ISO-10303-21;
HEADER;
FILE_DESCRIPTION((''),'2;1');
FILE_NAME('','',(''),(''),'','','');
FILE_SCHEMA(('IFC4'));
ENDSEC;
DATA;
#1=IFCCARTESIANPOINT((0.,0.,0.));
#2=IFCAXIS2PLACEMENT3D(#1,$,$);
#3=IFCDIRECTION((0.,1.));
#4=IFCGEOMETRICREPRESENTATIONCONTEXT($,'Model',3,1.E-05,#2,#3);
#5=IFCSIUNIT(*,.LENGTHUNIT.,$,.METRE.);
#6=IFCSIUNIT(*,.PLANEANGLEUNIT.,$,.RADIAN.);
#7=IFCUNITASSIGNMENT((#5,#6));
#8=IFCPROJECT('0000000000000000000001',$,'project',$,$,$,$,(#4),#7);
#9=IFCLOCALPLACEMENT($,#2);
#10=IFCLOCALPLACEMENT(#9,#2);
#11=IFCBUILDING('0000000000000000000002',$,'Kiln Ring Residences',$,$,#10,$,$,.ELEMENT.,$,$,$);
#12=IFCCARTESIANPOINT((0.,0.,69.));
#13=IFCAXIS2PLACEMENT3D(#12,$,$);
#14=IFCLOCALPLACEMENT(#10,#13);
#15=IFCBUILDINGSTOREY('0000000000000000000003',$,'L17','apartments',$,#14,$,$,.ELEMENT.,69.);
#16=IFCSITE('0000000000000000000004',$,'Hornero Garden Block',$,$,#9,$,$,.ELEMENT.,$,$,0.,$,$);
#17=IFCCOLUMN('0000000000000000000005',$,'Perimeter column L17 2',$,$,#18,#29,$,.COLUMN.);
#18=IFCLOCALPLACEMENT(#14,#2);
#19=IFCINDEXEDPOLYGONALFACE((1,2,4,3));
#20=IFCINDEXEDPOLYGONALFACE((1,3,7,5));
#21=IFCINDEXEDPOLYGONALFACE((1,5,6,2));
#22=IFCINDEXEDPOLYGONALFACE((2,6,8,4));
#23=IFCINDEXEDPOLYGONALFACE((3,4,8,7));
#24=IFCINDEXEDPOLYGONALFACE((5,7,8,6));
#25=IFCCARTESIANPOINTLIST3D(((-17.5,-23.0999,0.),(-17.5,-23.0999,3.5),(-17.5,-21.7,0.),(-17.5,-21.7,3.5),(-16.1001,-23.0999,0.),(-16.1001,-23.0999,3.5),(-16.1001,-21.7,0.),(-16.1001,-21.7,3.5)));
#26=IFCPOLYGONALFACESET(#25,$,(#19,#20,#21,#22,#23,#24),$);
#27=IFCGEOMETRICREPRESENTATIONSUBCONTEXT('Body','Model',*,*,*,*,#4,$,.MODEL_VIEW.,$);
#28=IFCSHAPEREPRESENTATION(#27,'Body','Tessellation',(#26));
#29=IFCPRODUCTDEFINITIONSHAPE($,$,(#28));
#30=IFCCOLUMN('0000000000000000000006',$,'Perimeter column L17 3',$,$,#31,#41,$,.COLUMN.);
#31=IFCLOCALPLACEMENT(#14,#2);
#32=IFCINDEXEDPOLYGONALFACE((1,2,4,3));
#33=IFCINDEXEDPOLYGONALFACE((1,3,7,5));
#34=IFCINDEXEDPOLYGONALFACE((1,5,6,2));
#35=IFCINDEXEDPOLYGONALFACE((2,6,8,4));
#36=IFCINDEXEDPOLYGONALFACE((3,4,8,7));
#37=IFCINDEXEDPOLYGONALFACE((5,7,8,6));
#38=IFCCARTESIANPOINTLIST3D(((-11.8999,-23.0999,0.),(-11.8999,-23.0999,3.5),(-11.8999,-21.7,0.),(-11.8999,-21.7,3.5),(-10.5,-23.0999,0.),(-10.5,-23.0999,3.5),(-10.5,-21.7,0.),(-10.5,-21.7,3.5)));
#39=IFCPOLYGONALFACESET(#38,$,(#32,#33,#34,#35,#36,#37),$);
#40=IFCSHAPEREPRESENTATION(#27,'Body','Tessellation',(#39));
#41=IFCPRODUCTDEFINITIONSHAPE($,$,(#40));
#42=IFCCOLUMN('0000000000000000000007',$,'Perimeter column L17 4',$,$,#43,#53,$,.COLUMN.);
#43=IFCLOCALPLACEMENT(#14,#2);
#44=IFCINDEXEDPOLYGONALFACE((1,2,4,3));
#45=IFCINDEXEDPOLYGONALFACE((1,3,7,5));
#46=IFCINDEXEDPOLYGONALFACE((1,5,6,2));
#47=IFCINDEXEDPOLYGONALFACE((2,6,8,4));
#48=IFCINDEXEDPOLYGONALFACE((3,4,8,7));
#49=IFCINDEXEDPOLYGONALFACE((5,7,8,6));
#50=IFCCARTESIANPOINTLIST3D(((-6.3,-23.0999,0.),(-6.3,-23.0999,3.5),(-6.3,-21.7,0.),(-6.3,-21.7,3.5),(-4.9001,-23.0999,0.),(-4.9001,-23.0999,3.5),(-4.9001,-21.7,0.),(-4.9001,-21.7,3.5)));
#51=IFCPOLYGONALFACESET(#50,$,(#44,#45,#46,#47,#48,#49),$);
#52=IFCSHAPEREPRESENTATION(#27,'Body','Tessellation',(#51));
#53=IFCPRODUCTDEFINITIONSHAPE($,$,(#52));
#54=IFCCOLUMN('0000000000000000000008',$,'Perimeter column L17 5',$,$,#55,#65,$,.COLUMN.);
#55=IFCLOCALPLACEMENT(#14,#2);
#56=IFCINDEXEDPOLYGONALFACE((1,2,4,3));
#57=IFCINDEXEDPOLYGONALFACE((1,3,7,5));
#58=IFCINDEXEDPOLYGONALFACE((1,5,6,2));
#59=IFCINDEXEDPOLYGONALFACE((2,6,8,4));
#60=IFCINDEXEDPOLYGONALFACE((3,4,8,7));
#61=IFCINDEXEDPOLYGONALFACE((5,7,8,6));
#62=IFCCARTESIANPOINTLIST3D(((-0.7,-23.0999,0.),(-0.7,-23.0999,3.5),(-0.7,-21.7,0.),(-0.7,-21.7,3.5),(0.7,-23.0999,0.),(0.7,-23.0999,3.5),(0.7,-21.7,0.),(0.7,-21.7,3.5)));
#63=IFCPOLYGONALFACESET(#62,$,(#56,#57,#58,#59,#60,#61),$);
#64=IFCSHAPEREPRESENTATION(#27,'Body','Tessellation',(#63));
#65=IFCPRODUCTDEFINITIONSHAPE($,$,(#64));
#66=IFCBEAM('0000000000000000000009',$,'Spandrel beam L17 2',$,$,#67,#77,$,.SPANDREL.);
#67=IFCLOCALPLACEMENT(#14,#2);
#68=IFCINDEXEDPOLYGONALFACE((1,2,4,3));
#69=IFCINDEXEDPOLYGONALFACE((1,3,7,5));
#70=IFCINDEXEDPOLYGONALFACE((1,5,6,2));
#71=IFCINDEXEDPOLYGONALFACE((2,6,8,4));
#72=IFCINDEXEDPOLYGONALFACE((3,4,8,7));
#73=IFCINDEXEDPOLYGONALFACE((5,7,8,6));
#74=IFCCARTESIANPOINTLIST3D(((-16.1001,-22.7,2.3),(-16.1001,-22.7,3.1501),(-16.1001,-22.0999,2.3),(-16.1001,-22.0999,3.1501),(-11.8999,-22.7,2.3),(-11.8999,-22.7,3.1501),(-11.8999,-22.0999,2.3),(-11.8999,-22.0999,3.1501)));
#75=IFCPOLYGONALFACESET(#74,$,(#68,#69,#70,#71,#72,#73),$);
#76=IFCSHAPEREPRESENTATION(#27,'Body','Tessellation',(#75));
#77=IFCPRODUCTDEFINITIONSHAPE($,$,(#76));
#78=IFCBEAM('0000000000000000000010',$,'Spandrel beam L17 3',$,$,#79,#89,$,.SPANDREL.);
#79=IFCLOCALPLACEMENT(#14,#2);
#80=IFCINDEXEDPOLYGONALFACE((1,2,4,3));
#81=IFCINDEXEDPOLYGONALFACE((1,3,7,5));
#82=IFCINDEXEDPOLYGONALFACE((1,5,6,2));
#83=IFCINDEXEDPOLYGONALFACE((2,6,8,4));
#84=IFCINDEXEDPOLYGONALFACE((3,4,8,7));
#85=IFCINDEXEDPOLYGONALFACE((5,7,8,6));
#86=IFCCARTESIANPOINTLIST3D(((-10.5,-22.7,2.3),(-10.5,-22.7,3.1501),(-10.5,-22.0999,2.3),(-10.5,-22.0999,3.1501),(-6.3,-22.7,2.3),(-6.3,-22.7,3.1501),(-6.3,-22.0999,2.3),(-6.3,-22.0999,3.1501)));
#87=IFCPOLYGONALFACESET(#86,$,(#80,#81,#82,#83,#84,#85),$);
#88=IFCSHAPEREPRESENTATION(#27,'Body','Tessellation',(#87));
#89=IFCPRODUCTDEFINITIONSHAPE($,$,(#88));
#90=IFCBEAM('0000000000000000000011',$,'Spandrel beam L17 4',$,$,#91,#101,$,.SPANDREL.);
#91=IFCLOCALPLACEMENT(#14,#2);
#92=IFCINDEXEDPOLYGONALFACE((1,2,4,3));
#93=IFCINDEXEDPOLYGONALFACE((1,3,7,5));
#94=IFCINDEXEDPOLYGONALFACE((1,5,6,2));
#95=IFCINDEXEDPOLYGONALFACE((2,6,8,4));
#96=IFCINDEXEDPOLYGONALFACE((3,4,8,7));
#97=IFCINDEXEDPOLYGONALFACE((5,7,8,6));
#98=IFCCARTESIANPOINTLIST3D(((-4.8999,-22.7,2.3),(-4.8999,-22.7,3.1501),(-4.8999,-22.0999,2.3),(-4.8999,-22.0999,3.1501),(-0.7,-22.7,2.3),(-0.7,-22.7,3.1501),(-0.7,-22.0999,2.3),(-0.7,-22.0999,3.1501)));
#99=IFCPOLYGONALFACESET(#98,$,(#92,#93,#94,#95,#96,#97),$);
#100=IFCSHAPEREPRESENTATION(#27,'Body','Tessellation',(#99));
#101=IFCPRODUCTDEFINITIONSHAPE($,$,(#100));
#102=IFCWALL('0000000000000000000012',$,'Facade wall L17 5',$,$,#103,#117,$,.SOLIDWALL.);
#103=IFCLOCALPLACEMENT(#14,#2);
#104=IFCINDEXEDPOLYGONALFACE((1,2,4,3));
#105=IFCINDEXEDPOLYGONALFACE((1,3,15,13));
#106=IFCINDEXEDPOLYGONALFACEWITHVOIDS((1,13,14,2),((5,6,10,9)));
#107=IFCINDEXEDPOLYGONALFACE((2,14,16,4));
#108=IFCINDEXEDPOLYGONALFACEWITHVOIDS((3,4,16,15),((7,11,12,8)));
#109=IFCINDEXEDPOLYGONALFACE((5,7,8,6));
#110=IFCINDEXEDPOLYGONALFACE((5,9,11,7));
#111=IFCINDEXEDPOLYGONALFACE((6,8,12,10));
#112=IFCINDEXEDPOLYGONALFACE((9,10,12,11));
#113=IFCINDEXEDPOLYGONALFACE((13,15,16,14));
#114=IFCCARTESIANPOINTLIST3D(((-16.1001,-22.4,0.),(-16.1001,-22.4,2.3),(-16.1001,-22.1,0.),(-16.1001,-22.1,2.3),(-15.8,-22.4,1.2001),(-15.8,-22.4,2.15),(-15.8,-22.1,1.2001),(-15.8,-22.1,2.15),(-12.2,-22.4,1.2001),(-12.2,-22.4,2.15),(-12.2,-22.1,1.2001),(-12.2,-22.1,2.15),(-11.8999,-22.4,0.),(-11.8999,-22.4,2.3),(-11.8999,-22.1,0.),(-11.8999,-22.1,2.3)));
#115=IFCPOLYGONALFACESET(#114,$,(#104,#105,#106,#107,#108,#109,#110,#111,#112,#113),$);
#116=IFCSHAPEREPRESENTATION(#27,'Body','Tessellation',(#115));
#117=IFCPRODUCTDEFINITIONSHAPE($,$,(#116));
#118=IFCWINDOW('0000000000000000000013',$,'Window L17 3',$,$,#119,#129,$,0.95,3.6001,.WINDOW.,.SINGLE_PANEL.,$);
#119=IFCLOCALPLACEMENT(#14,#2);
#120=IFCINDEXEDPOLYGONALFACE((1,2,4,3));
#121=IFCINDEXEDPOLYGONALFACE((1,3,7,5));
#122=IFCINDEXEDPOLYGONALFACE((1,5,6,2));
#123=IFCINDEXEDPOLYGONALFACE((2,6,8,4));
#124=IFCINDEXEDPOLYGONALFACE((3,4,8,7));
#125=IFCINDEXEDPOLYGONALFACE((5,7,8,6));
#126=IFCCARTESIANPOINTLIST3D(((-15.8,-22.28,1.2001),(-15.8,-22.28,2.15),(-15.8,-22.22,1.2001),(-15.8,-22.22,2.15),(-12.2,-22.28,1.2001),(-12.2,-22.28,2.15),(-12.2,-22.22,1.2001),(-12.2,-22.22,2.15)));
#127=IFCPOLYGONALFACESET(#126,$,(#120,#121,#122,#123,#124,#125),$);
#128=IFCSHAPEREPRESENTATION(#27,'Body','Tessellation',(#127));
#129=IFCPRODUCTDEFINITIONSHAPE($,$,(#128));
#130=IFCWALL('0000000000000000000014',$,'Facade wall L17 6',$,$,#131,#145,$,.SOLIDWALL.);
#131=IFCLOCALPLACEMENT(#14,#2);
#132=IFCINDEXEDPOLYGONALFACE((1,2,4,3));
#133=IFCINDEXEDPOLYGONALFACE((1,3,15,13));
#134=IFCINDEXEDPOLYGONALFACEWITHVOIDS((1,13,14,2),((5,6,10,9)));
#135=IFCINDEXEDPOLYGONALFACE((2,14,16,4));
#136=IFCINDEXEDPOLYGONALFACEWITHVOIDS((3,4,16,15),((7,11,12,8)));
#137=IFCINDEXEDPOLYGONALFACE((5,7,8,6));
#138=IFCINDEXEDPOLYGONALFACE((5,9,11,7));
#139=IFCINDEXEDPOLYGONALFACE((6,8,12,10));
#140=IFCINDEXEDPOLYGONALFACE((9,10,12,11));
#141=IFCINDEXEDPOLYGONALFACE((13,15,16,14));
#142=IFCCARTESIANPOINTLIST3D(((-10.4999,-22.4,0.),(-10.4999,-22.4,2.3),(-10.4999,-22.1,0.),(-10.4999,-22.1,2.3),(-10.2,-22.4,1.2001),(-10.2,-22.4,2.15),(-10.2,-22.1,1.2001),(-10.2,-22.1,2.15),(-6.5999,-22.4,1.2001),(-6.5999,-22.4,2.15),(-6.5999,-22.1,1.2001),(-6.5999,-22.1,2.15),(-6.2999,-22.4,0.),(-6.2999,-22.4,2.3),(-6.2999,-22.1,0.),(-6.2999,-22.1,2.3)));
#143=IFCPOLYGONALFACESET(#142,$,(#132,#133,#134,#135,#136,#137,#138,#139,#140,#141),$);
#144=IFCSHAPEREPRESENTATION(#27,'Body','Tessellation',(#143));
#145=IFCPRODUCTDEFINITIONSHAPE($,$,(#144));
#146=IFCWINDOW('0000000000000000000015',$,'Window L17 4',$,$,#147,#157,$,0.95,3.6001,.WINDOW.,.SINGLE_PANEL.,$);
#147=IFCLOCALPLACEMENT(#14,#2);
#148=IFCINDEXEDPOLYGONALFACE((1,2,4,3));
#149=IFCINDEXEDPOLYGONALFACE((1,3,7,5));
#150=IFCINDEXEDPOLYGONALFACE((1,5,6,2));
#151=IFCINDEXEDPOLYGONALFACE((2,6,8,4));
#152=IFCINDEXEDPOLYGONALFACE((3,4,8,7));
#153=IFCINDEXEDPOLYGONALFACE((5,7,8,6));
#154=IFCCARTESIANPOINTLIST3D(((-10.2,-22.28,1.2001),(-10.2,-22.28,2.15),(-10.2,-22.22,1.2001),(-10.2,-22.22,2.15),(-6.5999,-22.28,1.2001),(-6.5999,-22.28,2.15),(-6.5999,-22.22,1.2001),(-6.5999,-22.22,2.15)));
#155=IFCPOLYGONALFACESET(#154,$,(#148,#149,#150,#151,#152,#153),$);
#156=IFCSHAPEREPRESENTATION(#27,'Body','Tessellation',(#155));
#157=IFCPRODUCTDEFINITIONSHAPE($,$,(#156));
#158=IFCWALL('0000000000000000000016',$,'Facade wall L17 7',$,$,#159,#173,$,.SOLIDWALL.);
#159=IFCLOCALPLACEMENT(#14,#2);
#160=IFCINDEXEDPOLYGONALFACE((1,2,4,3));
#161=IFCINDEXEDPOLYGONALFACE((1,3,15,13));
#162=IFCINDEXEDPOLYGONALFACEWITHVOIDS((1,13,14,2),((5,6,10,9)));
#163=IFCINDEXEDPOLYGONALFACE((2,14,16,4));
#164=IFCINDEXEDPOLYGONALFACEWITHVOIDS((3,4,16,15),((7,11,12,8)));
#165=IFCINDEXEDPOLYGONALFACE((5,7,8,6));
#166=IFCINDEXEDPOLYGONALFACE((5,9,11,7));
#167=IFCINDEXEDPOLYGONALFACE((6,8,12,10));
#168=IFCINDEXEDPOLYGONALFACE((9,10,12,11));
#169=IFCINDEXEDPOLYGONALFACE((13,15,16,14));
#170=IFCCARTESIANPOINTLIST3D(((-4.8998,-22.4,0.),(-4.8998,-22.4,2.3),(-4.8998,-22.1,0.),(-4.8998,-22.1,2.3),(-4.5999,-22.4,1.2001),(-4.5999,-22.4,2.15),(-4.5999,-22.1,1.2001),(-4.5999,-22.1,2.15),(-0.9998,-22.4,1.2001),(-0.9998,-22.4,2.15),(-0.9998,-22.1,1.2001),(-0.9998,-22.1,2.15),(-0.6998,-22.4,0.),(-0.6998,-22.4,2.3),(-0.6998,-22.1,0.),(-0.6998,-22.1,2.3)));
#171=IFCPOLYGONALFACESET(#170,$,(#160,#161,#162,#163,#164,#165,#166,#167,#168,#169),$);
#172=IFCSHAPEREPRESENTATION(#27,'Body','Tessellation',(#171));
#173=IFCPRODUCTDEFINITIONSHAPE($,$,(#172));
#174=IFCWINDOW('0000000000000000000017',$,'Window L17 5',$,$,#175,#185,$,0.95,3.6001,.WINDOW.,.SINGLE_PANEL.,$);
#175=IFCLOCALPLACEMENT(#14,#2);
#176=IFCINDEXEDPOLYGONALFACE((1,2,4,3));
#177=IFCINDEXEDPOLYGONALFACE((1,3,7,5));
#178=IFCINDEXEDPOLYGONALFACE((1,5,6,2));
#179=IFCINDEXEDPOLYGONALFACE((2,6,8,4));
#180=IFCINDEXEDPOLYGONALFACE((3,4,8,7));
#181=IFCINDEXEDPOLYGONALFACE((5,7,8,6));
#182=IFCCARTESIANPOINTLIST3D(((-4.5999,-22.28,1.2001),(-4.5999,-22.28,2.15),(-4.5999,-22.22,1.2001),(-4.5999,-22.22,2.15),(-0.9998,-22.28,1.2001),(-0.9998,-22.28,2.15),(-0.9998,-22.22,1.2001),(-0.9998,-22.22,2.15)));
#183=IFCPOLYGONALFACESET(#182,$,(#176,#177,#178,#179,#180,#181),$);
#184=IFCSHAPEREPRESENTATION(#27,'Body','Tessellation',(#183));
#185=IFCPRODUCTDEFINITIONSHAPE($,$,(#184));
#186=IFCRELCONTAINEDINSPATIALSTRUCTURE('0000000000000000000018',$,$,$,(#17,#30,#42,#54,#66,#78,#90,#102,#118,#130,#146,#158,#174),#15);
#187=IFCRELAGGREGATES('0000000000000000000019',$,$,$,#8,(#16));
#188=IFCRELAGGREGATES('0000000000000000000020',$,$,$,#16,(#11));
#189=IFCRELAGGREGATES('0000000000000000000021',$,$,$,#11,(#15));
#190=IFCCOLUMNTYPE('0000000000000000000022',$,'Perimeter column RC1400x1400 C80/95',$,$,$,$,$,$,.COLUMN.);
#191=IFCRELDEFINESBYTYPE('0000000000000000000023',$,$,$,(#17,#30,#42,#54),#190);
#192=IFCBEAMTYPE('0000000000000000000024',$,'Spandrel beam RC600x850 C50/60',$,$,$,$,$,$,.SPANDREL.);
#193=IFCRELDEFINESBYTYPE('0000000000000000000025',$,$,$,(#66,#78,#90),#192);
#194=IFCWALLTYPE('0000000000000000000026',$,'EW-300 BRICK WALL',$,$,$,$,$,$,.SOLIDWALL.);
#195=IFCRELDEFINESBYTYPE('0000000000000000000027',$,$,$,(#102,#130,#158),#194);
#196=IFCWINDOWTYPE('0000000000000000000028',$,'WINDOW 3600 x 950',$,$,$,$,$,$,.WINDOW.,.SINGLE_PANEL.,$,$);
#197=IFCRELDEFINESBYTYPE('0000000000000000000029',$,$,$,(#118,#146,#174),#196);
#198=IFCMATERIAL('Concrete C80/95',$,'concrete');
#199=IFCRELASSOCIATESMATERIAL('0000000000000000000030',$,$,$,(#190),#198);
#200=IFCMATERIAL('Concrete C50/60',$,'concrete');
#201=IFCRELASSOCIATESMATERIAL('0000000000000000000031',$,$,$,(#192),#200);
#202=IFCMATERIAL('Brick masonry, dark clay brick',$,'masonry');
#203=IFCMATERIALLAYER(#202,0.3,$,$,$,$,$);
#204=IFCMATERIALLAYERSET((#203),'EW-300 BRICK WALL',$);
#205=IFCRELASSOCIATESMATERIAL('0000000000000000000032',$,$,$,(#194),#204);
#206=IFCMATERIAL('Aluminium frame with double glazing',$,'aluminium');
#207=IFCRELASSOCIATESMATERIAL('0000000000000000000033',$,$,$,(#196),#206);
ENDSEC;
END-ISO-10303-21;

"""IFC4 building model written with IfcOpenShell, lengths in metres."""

from ifc_helpers import new_model, si_unit, direction, frame, frame_2d, origin, origin_2d, place, context, subcontext, project, spatial, rectangle, extrude, material, layer, layer_set, material_profile, profile_set, type_object, element, fill, save


model = new_model("IFC4")

# Units and contexts
model_context = context("Model", 3, precision=1e-05, world=origin(), true_north=direction((0.0, 1.0)))
body_context = subcontext(model_context, "Body", "Model", "MODEL_VIEW")
ifc_project = project(units=[si_unit("LENGTHUNIT", "METRE"), si_unit("PLANEANGLEUNIT", "RADIAN")], contexts=[model_context])

# Site, building, storey
site_placement = place(None, origin())
site = spatial("IfcSite", under=ifc_project, at=site_placement, Name="Hornero Garden Block", CompositionType="ELEMENT", RefElevation=0.0)
building_placement = place(site_placement, origin())
building = spatial("IfcBuilding", under=site, at=building_placement, Name="Kiln Ring Residences", CompositionType="ELEMENT")
storey_placement = place(building_placement, frame((0.0, 0.0, 69.0)))
storey = spatial("IfcBuildingStorey", under=building, at=storey_placement, Name="L17", Description="apartments", CompositionType="ELEMENT", Elevation=69.0)

# Columns
ifc_material_1 = material(Name="Concrete C80/95", Category="concrete")
ifc_material_profile_1 = material_profile(ifc_material_1, rectangle(XDim=1.3999, YDim=1.3999, at=origin_2d()), Name="RC1400x1400")
ifc_profile_set_1 = profile_set([ifc_material_profile_1], Name="Concrete C80/95")
column_type = type_object("IfcColumnType", Name="Perimeter column RC1400x1400 C80/95", PredefinedType="COLUMN", material=ifc_profile_set_1)
for number, where, z_axis, x_axis, name in (
    (1, (-16.8, -22.3999, 0.0), (0.0, 0.0, 1.0), (1.0, 0.0, 0.0), "Perimeter column L17 2"),
    (2, (-11.2, -22.3999, 0.0), (0.0, 0.0, 1.0), (1.0, 0.0, 0.0), "Perimeter column L17 3"),
    (3, (-5.6001, -22.3999, 0.0), (0.0, 0.0, 1.0), (1.0, 0.0, 0.0), "Perimeter column L17 4"),
    (4, (0.0, -22.3999, 0.0), (0.0, 0.0, 1.0), (1.0, 0.0, 0.0), "Perimeter column L17 5"),
):
    element("IfcColumn", number, at=place(storey_placement, frame(where, z_axis=z_axis, x_axis=x_axis)), inside=storey, type_object=column_type, Name=name, PredefinedType="COLUMN", context=body_context, shape_type="SweptSolid", body=[
        extrude(rectangle(XDim=1.3999, YDim=1.3999, at=origin_2d()), origin(), (0.0, 0.0, 1.0), 3.5),
    ])

# Beams
ifc_material_2 = material(Name="Concrete C50/60", Category="concrete")
ifc_material_profile_2 = material_profile(ifc_material_2, rectangle(XDim=0.6001, YDim=0.8501, at=origin_2d()), Name="RC600x850")
ifc_profile_set_2 = profile_set([ifc_material_profile_2], Name="Concrete C50/60")
beam_type = type_object("IfcBeamType", Name="Spandrel beam RC600x850 C50/60", PredefinedType="SPANDREL", material=ifc_profile_set_2)
beam_placement = place(storey_placement, frame((-16.1001, -22.3999, 2.7251), z_axis=(1.0, 0.0, 0.0), x_axis=(0.0, 1.0, 0.0)))
element("IfcBeam", 5, at=beam_placement, inside=storey, type_object=beam_type, Name="Spandrel beam L17 2", PredefinedType="SPANDREL", context=body_context, shape_type="SweptSolid", body=[
    extrude(rectangle(XDim=0.6001, YDim=0.8501, at=origin_2d()), origin(), (0.0, 0.0, 1.0), 4.2002),
])
for number, where, z_axis, x_axis, name in (
    (6, (-10.5, -22.3999, 2.7251), (1.0, 0.0, 0.0), (0.0, 1.0, 0.0), "Spandrel beam L17 3"),
    (7, (-4.8999, -22.3999, 2.7251), (1.0, 0.0, 0.0), (0.0, 1.0, 0.0), "Spandrel beam L17 4"),
):
    element("IfcBeam", number, at=place(storey_placement, frame(where, z_axis=z_axis, x_axis=x_axis)), inside=storey, type_object=beam_type, Name=name, PredefinedType="SPANDREL", context=body_context, shape_type="SweptSolid", body=[
        extrude(rectangle(XDim=0.6001, YDim=0.8501, at=origin_2d()), origin(), (0.0, 0.0, 1.0), 4.2),
    ])

# Walls, openings, windows
ifc_material_3 = material(Name="Brick masonry, dark clay brick", Category="masonry")
ifc_layer_1 = layer(ifc_material_3, 0.3)
ifc_layer_set_1 = layer_set([ifc_layer_1], Name="EW-300 BRICK WALL")
wall_type_1 = type_object("IfcWallType", Name="EW-300 BRICK WALL", PredefinedType="SOLIDWALL", material=ifc_layer_set_1)
wall_1_placement = place(storey_placement, frame((-16.1001, -22.25, 0.0), z_axis=(0.0, 0.0, 1.0), x_axis=(1.0, 0.0, 0.0)))
wall_1 = element("IfcWall", 8, at=wall_1_placement, inside=storey, type_object=wall_type_1, Name="Facade wall L17 5", PredefinedType="SOLIDWALL", context=body_context, shape_type="SweptSolid", body=[
    extrude(rectangle(XDim=4.2002, YDim=0.3, at=frame_2d((2.1001, 0.0))), origin(), (0.0, 0.0, 1.0), 2.3),
])
opening_1_placement = place(wall_1_placement, frame((0.3, 0.0, 1.2)))
opening_1 = element("IfcOpeningElement", 9, at=opening_1_placement, cuts=wall_1, PredefinedType="OPENING", context=body_context, shape_type="SweptSolid", body=[
    extrude(rectangle(XDim=3.6001, YDim=0.95, at=frame_2d((1.8, 0.4751))), frame((0.0, 0.1599, 0.0), z_axis=(0.0, -1.0, 0.0), x_axis=(1.0, 0.0, 0.0)), (0.0, 0.0, 1.0), 0.3201),
])
ifc_material_4 = material(Name="Aluminium frame with double glazing", Category="aluminium")
window_type = type_object("IfcWindowType", Name="WINDOW 3600 x 950", PartitioningType="SINGLE_PANEL", PredefinedType="WINDOW", material=ifc_material_4)
window_1_placement = place(opening_1_placement, origin())
window_1 = element("IfcWindow", 10, at=window_1_placement, inside=storey, type_object=window_type, Name="Window L17 3", OverallHeight=0.95, OverallWidth=3.6001, PartitioningType="SINGLE_PANEL", PredefinedType="WINDOW", context=body_context, shape_type="SweptSolid", body=[
    extrude(rectangle(XDim=3.6001, YDim=0.95, at=frame_2d((1.8, 0.4751))), frame((0.0, 0.03, 0.0), z_axis=(0.0, -1.0, 0.0), x_axis=(1.0, 0.0, 0.0)), (0.0, 0.0, 1.0), 0.0601),
])
fill(opening_1, window_1)
wall_2_placement = place(storey_placement, frame((-10.5, -22.25, 0.0), z_axis=(0.0, 0.0, 1.0), x_axis=(1.0, 0.0, 0.0)))
wall_2 = element("IfcWall", 11, at=wall_2_placement, inside=storey, type_object=wall_type_1, Name="Facade wall L17 6", PredefinedType="SOLIDWALL", context=body_context, shape_type="SweptSolid", body=[
    extrude(rectangle(XDim=4.2, YDim=0.3, at=frame_2d((2.1001, 0.0))), origin(), (0.0, 0.0, 1.0), 2.3),
])
opening_2_placement = place(wall_2_placement, frame((0.3, 0.0, 1.2)))
opening_2 = element("IfcOpeningElement", 12, at=opening_2_placement, cuts=wall_2, PredefinedType="OPENING", context=body_context, shape_type="SweptSolid", body=[
    extrude(rectangle(XDim=3.6001, YDim=0.95, at=frame_2d((1.8, 0.4751))), frame((0.0, 0.1599, 0.0), z_axis=(0.0, -1.0, 0.0), x_axis=(1.0, 0.0, 0.0)), (0.0, 0.0, 1.0), 0.3201),
])
window_2_placement = place(opening_2_placement, origin())
window_2 = element("IfcWindow", 13, at=window_2_placement, inside=storey, type_object=window_type, Name="Window L17 4", OverallHeight=0.95, OverallWidth=3.6001, PartitioningType="SINGLE_PANEL", PredefinedType="WINDOW", context=body_context, shape_type="SweptSolid", body=[
    extrude(rectangle(XDim=3.6001, YDim=0.95, at=frame_2d((1.8, 0.4751))), frame((0.0, 0.03, 0.0), z_axis=(0.0, -1.0, 0.0), x_axis=(1.0, 0.0, 0.0)), (0.0, 0.0, 1.0), 0.0601),
])
fill(opening_2, window_2)
wall_3_placement = place(storey_placement, frame((-4.8999, -22.25, 0.0), z_axis=(0.0, 0.0, 1.0), x_axis=(1.0, 0.0, 0.0)))
wall_3 = element("IfcWall", 14, at=wall_3_placement, inside=storey, type_object=wall_type_1, Name="Facade wall L17 7", PredefinedType="SOLIDWALL", context=body_context, shape_type="SweptSolid", body=[
    extrude(rectangle(XDim=4.2, YDim=0.3, at=frame_2d((2.1001, 0.0))), origin(), (0.0, 0.0, 1.0), 2.3),
])
opening_3_placement = place(wall_3_placement, frame((0.3, 0.0, 1.2)))
opening_3 = element("IfcOpeningElement", 15, at=opening_3_placement, cuts=wall_3, PredefinedType="OPENING", context=body_context, shape_type="SweptSolid", body=[
    extrude(rectangle(XDim=3.6001, YDim=0.95, at=frame_2d((1.8, 0.4751))), frame((0.0, 0.1599, 0.0), z_axis=(0.0, -1.0, 0.0), x_axis=(1.0, 0.0, 0.0)), (0.0, 0.0, 1.0), 0.3201),
])
window_3_placement = place(opening_3_placement, origin())
window_3 = element("IfcWindow", 16, at=window_3_placement, inside=storey, type_object=window_type, Name="Window L17 5", OverallHeight=0.95, OverallWidth=3.6001, PartitioningType="SINGLE_PANEL", PredefinedType="WINDOW", context=body_context, shape_type="SweptSolid", body=[
    extrude(rectangle(XDim=3.6001, YDim=0.95, at=frame_2d((1.8, 0.4751))), frame((0.0, 0.03, 0.0), z_axis=(0.0, -1.0, 0.0), x_axis=(1.0, 0.0, 0.0)), (0.0, 0.0, 1.0), 0.0601),
])
fill(opening_3, window_3)

save(model, "model.ifc")
